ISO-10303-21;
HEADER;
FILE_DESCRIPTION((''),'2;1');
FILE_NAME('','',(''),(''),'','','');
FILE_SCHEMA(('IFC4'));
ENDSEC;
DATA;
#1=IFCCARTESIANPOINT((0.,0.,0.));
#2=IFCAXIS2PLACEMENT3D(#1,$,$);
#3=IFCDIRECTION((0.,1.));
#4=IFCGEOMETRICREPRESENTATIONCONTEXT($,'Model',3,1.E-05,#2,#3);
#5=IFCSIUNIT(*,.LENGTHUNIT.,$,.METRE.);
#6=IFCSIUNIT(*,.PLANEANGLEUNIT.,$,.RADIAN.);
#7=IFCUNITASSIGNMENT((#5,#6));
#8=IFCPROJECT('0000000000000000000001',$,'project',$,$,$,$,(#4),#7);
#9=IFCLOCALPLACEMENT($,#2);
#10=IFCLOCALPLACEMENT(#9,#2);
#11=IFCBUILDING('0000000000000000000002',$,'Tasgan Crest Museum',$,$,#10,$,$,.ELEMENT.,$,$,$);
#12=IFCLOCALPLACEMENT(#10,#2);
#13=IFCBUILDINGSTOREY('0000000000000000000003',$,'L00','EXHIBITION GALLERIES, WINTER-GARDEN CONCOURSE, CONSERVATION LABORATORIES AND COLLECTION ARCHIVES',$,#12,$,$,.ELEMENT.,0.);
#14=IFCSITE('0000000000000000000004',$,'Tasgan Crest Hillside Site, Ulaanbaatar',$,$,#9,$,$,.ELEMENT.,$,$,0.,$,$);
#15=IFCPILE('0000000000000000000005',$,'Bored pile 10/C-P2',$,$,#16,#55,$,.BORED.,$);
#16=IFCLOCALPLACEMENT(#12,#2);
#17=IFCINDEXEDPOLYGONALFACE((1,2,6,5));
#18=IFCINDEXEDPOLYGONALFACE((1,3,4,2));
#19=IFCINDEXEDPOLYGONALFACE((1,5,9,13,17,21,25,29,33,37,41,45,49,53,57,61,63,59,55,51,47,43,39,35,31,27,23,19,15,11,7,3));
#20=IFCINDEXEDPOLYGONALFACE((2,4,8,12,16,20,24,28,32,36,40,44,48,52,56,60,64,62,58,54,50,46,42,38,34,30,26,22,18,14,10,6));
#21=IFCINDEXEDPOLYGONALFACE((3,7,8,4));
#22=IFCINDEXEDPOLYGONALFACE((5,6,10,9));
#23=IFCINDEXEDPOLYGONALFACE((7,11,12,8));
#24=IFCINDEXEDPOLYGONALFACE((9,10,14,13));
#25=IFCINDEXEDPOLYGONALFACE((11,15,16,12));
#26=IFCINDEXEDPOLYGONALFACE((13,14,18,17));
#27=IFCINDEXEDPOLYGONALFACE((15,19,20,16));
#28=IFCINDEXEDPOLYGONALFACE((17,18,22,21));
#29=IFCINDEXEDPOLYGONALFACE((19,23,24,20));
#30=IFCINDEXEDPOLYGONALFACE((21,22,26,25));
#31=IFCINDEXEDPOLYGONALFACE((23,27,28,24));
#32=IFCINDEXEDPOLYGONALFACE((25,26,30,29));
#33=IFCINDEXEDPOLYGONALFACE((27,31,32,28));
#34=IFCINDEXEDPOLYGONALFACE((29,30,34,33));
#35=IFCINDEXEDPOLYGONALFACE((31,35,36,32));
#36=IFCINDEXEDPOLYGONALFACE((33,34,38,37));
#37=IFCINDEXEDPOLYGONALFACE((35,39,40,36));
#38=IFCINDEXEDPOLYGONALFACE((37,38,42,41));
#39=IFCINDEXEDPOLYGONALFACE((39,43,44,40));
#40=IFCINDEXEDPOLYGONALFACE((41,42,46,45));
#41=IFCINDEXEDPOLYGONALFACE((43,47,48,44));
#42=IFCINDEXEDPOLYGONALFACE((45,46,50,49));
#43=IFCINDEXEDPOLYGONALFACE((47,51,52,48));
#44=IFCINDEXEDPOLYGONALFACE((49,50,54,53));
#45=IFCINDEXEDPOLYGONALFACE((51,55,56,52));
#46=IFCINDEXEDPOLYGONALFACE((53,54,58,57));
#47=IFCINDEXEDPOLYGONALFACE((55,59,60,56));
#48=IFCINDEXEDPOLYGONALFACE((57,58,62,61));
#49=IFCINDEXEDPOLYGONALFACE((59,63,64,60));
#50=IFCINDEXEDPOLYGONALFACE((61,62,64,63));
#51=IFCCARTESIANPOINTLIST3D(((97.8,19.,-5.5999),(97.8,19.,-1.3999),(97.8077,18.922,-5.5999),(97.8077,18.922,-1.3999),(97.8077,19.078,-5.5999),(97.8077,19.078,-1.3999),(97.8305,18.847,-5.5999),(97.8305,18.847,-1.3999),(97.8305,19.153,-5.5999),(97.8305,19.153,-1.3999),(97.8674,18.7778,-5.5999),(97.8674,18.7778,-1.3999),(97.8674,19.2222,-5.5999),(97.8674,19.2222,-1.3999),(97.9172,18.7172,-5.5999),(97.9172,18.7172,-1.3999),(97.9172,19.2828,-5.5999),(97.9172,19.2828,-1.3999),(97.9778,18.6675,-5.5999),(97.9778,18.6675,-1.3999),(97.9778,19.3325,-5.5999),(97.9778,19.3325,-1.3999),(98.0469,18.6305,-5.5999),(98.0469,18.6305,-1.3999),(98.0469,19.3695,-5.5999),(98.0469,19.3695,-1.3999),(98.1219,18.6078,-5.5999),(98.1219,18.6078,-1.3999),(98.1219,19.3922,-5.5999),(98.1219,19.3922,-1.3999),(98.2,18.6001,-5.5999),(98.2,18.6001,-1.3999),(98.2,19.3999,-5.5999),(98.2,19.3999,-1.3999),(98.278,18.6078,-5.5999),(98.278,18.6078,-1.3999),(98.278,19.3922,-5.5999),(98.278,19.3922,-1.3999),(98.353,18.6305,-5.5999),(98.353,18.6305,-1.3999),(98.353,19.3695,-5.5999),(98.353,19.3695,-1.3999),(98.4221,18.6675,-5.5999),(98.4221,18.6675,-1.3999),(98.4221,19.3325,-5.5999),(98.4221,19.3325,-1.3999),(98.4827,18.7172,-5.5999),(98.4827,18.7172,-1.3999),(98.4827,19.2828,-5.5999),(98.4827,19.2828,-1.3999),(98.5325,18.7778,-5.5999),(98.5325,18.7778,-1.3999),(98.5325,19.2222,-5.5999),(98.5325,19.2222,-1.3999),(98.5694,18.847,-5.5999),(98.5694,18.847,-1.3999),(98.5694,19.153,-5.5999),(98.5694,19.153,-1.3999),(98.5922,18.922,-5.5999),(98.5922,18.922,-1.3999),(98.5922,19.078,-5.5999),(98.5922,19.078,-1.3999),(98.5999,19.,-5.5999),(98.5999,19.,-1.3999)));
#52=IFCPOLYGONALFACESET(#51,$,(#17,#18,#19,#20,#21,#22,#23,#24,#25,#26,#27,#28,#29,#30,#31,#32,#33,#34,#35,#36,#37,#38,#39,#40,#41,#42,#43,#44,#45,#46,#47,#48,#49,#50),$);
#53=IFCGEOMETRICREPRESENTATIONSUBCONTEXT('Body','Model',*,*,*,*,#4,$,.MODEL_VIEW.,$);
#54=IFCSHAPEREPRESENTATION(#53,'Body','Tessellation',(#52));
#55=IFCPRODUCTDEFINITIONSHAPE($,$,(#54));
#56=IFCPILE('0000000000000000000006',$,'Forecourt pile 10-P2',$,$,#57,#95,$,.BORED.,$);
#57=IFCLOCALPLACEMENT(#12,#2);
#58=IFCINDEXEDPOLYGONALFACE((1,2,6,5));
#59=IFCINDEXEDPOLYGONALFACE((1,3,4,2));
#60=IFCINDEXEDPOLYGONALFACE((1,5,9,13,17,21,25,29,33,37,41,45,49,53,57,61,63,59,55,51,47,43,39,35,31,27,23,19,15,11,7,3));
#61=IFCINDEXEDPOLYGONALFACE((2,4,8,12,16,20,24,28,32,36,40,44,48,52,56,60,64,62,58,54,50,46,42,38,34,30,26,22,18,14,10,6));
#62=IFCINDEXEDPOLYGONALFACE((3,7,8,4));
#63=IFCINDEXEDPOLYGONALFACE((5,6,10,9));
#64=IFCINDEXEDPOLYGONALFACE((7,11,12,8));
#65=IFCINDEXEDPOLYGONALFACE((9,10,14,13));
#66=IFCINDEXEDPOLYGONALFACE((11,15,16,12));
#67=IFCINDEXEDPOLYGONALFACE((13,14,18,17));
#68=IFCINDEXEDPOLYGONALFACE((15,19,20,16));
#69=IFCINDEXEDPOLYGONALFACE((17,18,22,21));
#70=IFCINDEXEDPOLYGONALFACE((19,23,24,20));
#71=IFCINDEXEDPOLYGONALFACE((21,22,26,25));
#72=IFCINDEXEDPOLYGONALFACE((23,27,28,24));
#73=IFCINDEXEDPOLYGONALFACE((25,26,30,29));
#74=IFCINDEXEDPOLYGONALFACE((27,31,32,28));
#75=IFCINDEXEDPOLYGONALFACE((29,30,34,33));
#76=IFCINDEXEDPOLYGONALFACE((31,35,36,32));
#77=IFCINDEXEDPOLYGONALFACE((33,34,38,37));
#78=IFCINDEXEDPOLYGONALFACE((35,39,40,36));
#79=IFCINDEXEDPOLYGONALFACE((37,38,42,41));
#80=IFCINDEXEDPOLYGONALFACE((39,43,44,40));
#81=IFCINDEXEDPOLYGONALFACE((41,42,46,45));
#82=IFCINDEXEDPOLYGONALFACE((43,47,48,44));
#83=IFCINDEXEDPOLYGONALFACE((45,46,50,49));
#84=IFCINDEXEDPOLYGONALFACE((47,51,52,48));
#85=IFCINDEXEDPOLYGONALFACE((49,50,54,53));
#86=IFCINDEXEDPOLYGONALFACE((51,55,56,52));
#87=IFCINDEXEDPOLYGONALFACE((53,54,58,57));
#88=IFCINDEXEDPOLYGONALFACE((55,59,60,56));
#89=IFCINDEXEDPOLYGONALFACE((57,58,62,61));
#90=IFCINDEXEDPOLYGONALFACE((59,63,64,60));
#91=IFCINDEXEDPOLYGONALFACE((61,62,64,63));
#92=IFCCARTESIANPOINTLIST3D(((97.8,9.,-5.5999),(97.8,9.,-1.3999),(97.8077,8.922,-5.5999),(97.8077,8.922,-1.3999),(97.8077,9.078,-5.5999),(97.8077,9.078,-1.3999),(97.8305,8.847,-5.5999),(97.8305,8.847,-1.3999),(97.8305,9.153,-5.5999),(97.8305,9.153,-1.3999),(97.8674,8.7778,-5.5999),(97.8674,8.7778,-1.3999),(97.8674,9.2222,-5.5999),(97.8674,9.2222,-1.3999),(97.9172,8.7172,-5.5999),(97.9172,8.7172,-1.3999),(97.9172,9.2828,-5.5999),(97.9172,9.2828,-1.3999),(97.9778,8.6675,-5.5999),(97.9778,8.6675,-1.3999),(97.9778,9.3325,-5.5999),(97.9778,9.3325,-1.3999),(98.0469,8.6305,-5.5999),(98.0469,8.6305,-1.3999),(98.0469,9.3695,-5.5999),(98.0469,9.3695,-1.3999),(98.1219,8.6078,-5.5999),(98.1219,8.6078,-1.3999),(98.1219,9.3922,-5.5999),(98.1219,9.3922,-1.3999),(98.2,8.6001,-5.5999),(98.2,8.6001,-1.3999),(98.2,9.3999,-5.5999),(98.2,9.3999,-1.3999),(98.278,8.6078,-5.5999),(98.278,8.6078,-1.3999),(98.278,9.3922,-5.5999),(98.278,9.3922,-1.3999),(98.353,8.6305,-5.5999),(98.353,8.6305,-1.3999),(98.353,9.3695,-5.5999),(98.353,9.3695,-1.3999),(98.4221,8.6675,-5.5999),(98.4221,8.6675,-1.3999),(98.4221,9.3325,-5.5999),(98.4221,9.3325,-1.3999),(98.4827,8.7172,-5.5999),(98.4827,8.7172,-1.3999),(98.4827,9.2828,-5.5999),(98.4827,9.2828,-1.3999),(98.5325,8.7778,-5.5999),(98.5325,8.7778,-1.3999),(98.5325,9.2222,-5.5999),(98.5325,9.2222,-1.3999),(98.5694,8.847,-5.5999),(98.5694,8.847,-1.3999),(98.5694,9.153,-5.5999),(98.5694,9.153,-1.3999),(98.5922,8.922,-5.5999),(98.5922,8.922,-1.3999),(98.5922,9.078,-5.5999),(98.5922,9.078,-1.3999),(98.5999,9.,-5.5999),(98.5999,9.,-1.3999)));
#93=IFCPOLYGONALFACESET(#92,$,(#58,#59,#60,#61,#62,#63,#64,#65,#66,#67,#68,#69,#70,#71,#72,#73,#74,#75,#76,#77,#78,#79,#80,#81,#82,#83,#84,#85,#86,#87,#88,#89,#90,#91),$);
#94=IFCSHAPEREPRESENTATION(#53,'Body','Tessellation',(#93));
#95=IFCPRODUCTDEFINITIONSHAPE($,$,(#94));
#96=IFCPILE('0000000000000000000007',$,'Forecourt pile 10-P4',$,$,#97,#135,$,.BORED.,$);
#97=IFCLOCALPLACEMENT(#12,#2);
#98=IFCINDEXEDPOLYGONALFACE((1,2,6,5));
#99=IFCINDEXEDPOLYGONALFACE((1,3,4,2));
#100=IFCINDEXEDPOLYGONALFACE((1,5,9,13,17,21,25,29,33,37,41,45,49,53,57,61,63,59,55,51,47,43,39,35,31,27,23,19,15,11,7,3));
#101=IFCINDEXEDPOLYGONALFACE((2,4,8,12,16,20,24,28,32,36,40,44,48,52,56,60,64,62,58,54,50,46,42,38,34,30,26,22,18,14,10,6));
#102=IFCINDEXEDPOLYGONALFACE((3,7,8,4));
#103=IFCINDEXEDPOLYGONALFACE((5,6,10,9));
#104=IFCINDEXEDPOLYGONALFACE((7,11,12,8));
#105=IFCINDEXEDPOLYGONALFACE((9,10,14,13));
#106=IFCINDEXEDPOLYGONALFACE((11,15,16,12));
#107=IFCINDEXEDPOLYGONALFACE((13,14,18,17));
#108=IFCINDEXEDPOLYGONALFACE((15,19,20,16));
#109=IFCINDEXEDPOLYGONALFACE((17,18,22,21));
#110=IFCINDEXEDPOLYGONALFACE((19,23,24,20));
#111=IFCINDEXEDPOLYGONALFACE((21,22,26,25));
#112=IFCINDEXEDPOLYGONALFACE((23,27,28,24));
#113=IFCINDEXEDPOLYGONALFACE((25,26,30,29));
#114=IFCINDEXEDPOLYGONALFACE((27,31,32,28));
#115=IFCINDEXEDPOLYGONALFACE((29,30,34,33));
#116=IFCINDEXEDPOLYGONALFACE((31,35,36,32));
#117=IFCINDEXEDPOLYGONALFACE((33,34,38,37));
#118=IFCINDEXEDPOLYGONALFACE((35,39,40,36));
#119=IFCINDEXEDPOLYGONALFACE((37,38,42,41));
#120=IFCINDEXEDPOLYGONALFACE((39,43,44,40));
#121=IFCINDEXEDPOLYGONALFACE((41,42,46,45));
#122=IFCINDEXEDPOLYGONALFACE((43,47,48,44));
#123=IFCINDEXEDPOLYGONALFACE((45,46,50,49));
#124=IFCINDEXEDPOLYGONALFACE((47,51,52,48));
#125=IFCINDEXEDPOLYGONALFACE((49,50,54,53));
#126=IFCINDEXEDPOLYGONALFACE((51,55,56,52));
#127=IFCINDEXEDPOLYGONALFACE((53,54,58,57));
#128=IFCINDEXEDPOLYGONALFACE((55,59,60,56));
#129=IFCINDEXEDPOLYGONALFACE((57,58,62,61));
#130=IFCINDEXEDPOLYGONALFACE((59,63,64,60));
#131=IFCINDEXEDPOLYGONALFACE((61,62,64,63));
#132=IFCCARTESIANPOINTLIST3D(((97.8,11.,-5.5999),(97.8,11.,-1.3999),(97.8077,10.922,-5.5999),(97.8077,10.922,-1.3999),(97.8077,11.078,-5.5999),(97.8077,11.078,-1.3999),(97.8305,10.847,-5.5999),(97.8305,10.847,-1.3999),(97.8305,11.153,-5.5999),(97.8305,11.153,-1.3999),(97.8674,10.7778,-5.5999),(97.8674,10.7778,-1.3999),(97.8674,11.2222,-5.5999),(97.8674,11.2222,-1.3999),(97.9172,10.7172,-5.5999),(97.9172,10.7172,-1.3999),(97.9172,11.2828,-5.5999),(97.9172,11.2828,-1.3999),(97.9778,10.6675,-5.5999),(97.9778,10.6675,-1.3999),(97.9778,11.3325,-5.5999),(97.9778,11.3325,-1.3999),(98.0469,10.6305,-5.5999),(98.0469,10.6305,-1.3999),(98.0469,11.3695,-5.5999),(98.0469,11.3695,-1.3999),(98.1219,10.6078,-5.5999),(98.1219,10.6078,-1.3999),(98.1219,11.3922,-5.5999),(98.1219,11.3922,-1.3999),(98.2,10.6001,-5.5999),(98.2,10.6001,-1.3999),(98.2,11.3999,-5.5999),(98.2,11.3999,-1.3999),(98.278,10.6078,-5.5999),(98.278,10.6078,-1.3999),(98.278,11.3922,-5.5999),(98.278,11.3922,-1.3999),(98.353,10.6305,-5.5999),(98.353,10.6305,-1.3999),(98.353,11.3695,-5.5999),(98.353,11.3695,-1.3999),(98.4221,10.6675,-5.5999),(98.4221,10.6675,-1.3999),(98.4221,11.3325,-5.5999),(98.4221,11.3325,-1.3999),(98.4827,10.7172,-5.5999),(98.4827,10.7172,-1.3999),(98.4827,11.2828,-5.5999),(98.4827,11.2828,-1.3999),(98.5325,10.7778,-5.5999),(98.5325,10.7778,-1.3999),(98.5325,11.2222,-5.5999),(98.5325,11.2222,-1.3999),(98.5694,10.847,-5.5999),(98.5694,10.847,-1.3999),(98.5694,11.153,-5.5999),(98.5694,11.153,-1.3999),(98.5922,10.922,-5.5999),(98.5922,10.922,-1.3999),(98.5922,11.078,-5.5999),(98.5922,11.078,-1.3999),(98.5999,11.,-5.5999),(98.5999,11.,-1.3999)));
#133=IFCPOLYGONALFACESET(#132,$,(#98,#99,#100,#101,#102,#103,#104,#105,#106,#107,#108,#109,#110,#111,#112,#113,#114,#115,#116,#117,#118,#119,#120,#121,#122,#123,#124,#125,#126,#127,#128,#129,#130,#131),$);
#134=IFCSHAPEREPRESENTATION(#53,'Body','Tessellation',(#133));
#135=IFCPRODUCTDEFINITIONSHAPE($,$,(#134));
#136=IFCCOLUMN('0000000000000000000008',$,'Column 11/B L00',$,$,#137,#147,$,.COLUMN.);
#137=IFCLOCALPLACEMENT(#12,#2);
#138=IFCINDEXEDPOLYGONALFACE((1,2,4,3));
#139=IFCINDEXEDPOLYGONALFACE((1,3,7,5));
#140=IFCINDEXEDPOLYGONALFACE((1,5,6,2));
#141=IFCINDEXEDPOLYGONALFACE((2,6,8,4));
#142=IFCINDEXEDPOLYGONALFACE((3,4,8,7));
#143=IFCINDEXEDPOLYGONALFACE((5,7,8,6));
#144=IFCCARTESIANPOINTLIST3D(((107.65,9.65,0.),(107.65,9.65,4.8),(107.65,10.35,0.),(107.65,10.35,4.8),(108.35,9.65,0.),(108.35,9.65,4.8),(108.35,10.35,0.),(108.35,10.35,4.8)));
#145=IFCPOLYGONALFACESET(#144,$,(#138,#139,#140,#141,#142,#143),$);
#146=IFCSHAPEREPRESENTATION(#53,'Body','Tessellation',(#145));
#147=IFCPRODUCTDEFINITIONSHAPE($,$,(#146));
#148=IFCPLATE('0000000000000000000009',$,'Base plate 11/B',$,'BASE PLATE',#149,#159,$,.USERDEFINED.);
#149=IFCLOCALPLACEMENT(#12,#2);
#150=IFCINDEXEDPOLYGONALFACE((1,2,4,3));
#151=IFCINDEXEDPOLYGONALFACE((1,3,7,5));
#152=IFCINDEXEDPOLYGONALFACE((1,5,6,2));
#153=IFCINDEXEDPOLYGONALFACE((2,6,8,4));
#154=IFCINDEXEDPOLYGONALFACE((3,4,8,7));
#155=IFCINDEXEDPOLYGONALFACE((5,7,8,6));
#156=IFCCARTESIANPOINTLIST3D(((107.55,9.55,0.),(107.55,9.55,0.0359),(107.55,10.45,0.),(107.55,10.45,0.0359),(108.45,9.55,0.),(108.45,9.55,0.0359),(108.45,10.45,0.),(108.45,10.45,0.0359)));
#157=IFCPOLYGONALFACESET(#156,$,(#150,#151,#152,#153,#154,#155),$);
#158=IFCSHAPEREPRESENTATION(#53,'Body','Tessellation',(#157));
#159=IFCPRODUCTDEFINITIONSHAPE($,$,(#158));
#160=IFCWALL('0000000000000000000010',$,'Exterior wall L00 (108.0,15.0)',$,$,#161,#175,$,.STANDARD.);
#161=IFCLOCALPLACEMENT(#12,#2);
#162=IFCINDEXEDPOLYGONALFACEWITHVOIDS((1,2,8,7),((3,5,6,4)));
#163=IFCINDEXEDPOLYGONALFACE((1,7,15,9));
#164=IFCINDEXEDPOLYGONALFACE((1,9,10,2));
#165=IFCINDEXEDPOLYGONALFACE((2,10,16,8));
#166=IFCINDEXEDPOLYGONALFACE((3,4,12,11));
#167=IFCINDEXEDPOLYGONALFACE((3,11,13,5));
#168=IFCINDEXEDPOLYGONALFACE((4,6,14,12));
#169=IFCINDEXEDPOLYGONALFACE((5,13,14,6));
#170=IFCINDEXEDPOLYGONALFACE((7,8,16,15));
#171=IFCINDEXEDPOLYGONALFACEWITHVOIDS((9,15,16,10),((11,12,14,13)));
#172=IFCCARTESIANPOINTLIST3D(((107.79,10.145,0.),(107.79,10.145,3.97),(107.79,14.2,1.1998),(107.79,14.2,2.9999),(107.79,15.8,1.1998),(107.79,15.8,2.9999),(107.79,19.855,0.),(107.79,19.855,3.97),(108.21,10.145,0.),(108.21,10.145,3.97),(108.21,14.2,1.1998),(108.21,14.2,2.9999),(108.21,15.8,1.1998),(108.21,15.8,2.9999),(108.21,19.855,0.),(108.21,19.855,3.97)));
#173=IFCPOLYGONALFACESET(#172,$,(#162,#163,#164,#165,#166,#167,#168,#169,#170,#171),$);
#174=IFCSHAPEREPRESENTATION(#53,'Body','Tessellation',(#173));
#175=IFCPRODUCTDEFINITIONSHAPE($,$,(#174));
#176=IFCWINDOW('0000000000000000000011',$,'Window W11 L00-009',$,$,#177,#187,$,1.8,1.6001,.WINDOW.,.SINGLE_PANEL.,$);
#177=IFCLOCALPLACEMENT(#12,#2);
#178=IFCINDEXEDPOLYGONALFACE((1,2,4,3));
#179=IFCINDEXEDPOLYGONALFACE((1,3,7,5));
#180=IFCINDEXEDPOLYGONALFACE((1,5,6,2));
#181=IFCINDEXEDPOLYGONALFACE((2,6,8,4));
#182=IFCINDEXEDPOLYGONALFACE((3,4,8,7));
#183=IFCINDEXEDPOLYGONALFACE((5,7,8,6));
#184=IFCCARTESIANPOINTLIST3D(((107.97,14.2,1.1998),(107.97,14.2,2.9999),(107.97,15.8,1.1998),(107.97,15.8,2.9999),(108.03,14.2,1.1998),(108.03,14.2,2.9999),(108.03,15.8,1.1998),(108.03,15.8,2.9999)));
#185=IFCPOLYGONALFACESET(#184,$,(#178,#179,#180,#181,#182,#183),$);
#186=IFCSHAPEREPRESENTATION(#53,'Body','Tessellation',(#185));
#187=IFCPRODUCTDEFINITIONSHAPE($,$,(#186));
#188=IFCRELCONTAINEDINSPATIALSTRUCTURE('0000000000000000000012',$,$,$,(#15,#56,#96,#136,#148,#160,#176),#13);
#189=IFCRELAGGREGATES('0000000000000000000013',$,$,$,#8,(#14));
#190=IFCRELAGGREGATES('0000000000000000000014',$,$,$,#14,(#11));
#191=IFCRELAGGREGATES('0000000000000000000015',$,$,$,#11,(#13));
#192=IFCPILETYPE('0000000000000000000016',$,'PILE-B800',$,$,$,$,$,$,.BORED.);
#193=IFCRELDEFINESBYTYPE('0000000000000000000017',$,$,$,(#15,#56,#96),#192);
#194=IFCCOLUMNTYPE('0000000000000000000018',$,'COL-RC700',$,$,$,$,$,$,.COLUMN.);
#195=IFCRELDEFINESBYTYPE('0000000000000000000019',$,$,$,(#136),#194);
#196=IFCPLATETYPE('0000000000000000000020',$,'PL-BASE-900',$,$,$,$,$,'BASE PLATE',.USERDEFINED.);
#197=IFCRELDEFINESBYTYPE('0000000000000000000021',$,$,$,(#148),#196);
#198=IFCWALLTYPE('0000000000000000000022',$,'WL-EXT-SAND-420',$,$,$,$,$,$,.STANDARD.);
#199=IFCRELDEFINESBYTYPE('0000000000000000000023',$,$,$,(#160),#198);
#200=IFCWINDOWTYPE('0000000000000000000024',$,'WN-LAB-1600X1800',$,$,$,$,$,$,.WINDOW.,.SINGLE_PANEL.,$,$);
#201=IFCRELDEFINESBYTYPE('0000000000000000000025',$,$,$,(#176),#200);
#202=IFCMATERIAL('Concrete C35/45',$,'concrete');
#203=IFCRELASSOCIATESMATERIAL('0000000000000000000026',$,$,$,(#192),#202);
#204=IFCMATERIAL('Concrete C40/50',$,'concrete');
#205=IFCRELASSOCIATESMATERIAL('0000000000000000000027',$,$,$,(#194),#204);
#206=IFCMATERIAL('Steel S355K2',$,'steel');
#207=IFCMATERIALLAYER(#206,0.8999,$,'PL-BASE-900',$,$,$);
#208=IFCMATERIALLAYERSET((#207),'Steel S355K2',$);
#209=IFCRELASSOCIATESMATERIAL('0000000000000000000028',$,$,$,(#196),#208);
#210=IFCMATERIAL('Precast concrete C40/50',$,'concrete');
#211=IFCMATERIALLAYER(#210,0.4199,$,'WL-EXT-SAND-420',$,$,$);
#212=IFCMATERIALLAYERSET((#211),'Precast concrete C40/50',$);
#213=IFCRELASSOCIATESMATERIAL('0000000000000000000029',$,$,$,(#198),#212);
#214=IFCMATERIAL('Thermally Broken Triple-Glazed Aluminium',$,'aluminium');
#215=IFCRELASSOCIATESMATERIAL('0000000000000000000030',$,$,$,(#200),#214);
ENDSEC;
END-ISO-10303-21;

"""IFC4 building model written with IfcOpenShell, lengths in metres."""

from ifc_helpers import new_model, si_unit, direction, frame, frame_2d, origin, origin_2d, place, context, subcontext, project, spatial, rectangle, circle, extrude, material, layer, layer_set, material_profile, profile_set, type_object, element, fill, save


model = new_model("IFC4")

# Units and contexts
model_context = context("Model", 3, precision=1e-05, world=origin(), true_north=direction((0.0, 1.0)))
body_context = subcontext(model_context, "Body", "Model", "MODEL_VIEW")
ifc_project = project(units=[si_unit("LENGTHUNIT", "METRE"), si_unit("PLANEANGLEUNIT", "RADIAN")], contexts=[model_context])

# Site, building, storey
site_placement = place(None, origin())
site = spatial("IfcSite", under=ifc_project, at=site_placement, Name="Tasgan Crest Hillside Site, Ulaanbaatar", CompositionType="ELEMENT", RefElevation=0.0)
building_placement = place(site_placement, origin())
building = spatial("IfcBuilding", under=site, at=building_placement, Name="Tasgan Crest Museum", CompositionType="ELEMENT")
storey_placement = place(building_placement, origin())
storey = spatial("IfcBuildingStorey", under=building, at=storey_placement, Name="L00", Description="EXHIBITION GALLERIES, WINTER-GARDEN CONCOURSE, CONSERVATION LABORATORIES AND COLLECTION ARCHIVES", CompositionType="ELEMENT", Elevation=0.0)

# Piles
ifc_material_1 = material(Name="Concrete C35/45", Category="concrete")
ifc_material_profile_1 = material_profile(ifc_material_1, circle(Radius=0.3999, at=origin_2d()), Name="PILE D800")
ifc_profile_set_1 = profile_set([ifc_material_profile_1], Name="Concrete C35/45")
pile_type_1 = type_object("IfcPileType", Name="PILE-B800", PredefinedType="BORED", material=ifc_profile_set_1)
for number, where, z_axis, x_axis, name in (
    (1, (98.2, 19.0, -1.3999), (0.0, 0.0, -1.0), (1.0, 0.0, 0.0), "Bored pile 10/C-P2"),
    (2, (98.2, 9.0, -1.3999), (0.0, 0.0, -1.0), (1.0, 0.0, 0.0), "Forecourt pile 10-P2"),
    (3, (98.2, 11.0, -1.3999), (0.0, 0.0, -1.0), (1.0, 0.0, 0.0), "Forecourt pile 10-P4"),
):
    element("IfcPile", number, at=place(storey_placement, frame(where, z_axis=z_axis, x_axis=x_axis)), inside=storey, type_object=pile_type_1, Name=name, PredefinedType="BORED", context=body_context, shape_type="SweptSolid", body=[
        extrude(circle(Radius=0.3999, at=origin_2d()), origin(), (0.0, 0.0, 1.0), 4.2),
    ])

# Column
ifc_material_2 = material(Name="Concrete C40/50", Category="concrete")
ifc_material_profile_2 = material_profile(ifc_material_2, rectangle(XDim=0.7, YDim=0.7, at=origin_2d()), Name="RC 700x700")
ifc_profile_set_2 = profile_set([ifc_material_profile_2], Name="Concrete C40/50")
column_type = type_object("IfcColumnType", Name="COL-RC700", PredefinedType="COLUMN", material=ifc_profile_set_2)
column_placement = place(storey_placement, frame((108.0, 10.0, 0.0), z_axis=(0.0, 0.0, 1.0), x_axis=(1.0, 0.0, 0.0)))
element("IfcColumn", 4, at=column_placement, inside=storey, type_object=column_type, Name="Column 11/B L00", PredefinedType="COLUMN", context=body_context, shape_type="SweptSolid", body=[
    extrude(rectangle(XDim=0.7, YDim=0.7, at=origin_2d()), origin(), (0.0, 0.0, 1.0), 4.8),
])

# Plate
ifc_material_3 = material(Name="Steel S355K2", Category="steel")
ifc_layer_1 = layer(ifc_material_3, 0.8999, Name="PL-BASE-900")
ifc_layer_set_1 = layer_set([ifc_layer_1], Name="Steel S355K2")
plate_type = type_object("IfcPlateType", Name="PL-BASE-900", ElementType="BASE PLATE", PredefinedType="USERDEFINED", material=ifc_layer_set_1)
plate_placement = place(storey_placement, frame((108.0, 10.0, 0.0), z_axis=(0.0, 0.0, 1.0), x_axis=(1.0, 0.0, 0.0)))
element("IfcPlate", 5, at=plate_placement, inside=storey, type_object=plate_type, Name="Base plate 11/B", ObjectType="BASE PLATE", PredefinedType="USERDEFINED", context=body_context, shape_type="SweptSolid", body=[
    extrude(rectangle(XDim=0.8999, YDim=0.8999, at=origin_2d()), origin(), (0.0, 0.0, 1.0), 0.0359),
])

# Wall, opening, window
ifc_material_4 = material(Name="Precast concrete C40/50", Category="concrete")
ifc_layer_2 = layer(ifc_material_4, 0.4199, Name="WL-EXT-SAND-420")
ifc_layer_set_2 = layer_set([ifc_layer_2], Name="Precast concrete C40/50")
wall_type = type_object("IfcWallType", Name="WL-EXT-SAND-420", PredefinedType="STANDARD", material=ifc_layer_set_2)
wall_placement = place(storey_placement, frame((108.0, 19.855, 0.0), z_axis=(0.0, 0.0, 1.0), x_axis=(0.0, -1.0, 0.0)))
wall = element("IfcWall", 6, at=wall_placement, inside=storey, type_object=wall_type, Name="Exterior wall L00 (108.0,15.0)", PredefinedType="STANDARD", context=body_context, shape_type="SweptSolid", body=[
    extrude(rectangle(XDim=9.71, YDim=0.4199, at=frame_2d((4.855, 0.0))), origin(), (0.0, 0.0, 1.0), 3.97),
])
opening_placement = place(wall_placement, frame((4.0549, 0.0, 1.2)))
opening = element("IfcOpeningElement", 7, at=opening_placement, cuts=wall, PredefinedType="OPENING", context=body_context, shape_type="SweptSolid", body=[
    extrude(rectangle(XDim=1.6001, YDim=1.8, at=frame_2d((0.8, 0.8999))), frame((0.0, 0.22, 0.0), z_axis=(0.0, -1.0, 0.0), x_axis=(1.0, 0.0, 0.0)), (0.0, 0.0, 1.0), 0.4399),
])
ifc_material_5 = material(Name="Thermally Broken Triple-Glazed Aluminium", Category="aluminium")
window_type = type_object("IfcWindowType", Name="WN-LAB-1600X1800", PartitioningType="SINGLE_PANEL", PredefinedType="WINDOW", material=ifc_material_5)
window_placement = place(opening_placement, origin())
window = element("IfcWindow", 8, at=window_placement, inside=storey, type_object=window_type, Name="Window W11 L00-009", OverallHeight=1.8, OverallWidth=1.6001, PartitioningType="SINGLE_PANEL", PredefinedType="WINDOW", context=body_context, shape_type="SweptSolid", body=[
    extrude(rectangle(XDim=1.6001, YDim=1.8, at=frame_2d((0.8, 0.8999))), frame((0.0, 0.03, 0.0), z_axis=(0.0, -1.0, 0.0), x_axis=(1.0, 0.0, 0.0)), (0.0, 0.0, 1.0), 0.0601),
])
fill(opening, window)

save(model, "model.ifc")
